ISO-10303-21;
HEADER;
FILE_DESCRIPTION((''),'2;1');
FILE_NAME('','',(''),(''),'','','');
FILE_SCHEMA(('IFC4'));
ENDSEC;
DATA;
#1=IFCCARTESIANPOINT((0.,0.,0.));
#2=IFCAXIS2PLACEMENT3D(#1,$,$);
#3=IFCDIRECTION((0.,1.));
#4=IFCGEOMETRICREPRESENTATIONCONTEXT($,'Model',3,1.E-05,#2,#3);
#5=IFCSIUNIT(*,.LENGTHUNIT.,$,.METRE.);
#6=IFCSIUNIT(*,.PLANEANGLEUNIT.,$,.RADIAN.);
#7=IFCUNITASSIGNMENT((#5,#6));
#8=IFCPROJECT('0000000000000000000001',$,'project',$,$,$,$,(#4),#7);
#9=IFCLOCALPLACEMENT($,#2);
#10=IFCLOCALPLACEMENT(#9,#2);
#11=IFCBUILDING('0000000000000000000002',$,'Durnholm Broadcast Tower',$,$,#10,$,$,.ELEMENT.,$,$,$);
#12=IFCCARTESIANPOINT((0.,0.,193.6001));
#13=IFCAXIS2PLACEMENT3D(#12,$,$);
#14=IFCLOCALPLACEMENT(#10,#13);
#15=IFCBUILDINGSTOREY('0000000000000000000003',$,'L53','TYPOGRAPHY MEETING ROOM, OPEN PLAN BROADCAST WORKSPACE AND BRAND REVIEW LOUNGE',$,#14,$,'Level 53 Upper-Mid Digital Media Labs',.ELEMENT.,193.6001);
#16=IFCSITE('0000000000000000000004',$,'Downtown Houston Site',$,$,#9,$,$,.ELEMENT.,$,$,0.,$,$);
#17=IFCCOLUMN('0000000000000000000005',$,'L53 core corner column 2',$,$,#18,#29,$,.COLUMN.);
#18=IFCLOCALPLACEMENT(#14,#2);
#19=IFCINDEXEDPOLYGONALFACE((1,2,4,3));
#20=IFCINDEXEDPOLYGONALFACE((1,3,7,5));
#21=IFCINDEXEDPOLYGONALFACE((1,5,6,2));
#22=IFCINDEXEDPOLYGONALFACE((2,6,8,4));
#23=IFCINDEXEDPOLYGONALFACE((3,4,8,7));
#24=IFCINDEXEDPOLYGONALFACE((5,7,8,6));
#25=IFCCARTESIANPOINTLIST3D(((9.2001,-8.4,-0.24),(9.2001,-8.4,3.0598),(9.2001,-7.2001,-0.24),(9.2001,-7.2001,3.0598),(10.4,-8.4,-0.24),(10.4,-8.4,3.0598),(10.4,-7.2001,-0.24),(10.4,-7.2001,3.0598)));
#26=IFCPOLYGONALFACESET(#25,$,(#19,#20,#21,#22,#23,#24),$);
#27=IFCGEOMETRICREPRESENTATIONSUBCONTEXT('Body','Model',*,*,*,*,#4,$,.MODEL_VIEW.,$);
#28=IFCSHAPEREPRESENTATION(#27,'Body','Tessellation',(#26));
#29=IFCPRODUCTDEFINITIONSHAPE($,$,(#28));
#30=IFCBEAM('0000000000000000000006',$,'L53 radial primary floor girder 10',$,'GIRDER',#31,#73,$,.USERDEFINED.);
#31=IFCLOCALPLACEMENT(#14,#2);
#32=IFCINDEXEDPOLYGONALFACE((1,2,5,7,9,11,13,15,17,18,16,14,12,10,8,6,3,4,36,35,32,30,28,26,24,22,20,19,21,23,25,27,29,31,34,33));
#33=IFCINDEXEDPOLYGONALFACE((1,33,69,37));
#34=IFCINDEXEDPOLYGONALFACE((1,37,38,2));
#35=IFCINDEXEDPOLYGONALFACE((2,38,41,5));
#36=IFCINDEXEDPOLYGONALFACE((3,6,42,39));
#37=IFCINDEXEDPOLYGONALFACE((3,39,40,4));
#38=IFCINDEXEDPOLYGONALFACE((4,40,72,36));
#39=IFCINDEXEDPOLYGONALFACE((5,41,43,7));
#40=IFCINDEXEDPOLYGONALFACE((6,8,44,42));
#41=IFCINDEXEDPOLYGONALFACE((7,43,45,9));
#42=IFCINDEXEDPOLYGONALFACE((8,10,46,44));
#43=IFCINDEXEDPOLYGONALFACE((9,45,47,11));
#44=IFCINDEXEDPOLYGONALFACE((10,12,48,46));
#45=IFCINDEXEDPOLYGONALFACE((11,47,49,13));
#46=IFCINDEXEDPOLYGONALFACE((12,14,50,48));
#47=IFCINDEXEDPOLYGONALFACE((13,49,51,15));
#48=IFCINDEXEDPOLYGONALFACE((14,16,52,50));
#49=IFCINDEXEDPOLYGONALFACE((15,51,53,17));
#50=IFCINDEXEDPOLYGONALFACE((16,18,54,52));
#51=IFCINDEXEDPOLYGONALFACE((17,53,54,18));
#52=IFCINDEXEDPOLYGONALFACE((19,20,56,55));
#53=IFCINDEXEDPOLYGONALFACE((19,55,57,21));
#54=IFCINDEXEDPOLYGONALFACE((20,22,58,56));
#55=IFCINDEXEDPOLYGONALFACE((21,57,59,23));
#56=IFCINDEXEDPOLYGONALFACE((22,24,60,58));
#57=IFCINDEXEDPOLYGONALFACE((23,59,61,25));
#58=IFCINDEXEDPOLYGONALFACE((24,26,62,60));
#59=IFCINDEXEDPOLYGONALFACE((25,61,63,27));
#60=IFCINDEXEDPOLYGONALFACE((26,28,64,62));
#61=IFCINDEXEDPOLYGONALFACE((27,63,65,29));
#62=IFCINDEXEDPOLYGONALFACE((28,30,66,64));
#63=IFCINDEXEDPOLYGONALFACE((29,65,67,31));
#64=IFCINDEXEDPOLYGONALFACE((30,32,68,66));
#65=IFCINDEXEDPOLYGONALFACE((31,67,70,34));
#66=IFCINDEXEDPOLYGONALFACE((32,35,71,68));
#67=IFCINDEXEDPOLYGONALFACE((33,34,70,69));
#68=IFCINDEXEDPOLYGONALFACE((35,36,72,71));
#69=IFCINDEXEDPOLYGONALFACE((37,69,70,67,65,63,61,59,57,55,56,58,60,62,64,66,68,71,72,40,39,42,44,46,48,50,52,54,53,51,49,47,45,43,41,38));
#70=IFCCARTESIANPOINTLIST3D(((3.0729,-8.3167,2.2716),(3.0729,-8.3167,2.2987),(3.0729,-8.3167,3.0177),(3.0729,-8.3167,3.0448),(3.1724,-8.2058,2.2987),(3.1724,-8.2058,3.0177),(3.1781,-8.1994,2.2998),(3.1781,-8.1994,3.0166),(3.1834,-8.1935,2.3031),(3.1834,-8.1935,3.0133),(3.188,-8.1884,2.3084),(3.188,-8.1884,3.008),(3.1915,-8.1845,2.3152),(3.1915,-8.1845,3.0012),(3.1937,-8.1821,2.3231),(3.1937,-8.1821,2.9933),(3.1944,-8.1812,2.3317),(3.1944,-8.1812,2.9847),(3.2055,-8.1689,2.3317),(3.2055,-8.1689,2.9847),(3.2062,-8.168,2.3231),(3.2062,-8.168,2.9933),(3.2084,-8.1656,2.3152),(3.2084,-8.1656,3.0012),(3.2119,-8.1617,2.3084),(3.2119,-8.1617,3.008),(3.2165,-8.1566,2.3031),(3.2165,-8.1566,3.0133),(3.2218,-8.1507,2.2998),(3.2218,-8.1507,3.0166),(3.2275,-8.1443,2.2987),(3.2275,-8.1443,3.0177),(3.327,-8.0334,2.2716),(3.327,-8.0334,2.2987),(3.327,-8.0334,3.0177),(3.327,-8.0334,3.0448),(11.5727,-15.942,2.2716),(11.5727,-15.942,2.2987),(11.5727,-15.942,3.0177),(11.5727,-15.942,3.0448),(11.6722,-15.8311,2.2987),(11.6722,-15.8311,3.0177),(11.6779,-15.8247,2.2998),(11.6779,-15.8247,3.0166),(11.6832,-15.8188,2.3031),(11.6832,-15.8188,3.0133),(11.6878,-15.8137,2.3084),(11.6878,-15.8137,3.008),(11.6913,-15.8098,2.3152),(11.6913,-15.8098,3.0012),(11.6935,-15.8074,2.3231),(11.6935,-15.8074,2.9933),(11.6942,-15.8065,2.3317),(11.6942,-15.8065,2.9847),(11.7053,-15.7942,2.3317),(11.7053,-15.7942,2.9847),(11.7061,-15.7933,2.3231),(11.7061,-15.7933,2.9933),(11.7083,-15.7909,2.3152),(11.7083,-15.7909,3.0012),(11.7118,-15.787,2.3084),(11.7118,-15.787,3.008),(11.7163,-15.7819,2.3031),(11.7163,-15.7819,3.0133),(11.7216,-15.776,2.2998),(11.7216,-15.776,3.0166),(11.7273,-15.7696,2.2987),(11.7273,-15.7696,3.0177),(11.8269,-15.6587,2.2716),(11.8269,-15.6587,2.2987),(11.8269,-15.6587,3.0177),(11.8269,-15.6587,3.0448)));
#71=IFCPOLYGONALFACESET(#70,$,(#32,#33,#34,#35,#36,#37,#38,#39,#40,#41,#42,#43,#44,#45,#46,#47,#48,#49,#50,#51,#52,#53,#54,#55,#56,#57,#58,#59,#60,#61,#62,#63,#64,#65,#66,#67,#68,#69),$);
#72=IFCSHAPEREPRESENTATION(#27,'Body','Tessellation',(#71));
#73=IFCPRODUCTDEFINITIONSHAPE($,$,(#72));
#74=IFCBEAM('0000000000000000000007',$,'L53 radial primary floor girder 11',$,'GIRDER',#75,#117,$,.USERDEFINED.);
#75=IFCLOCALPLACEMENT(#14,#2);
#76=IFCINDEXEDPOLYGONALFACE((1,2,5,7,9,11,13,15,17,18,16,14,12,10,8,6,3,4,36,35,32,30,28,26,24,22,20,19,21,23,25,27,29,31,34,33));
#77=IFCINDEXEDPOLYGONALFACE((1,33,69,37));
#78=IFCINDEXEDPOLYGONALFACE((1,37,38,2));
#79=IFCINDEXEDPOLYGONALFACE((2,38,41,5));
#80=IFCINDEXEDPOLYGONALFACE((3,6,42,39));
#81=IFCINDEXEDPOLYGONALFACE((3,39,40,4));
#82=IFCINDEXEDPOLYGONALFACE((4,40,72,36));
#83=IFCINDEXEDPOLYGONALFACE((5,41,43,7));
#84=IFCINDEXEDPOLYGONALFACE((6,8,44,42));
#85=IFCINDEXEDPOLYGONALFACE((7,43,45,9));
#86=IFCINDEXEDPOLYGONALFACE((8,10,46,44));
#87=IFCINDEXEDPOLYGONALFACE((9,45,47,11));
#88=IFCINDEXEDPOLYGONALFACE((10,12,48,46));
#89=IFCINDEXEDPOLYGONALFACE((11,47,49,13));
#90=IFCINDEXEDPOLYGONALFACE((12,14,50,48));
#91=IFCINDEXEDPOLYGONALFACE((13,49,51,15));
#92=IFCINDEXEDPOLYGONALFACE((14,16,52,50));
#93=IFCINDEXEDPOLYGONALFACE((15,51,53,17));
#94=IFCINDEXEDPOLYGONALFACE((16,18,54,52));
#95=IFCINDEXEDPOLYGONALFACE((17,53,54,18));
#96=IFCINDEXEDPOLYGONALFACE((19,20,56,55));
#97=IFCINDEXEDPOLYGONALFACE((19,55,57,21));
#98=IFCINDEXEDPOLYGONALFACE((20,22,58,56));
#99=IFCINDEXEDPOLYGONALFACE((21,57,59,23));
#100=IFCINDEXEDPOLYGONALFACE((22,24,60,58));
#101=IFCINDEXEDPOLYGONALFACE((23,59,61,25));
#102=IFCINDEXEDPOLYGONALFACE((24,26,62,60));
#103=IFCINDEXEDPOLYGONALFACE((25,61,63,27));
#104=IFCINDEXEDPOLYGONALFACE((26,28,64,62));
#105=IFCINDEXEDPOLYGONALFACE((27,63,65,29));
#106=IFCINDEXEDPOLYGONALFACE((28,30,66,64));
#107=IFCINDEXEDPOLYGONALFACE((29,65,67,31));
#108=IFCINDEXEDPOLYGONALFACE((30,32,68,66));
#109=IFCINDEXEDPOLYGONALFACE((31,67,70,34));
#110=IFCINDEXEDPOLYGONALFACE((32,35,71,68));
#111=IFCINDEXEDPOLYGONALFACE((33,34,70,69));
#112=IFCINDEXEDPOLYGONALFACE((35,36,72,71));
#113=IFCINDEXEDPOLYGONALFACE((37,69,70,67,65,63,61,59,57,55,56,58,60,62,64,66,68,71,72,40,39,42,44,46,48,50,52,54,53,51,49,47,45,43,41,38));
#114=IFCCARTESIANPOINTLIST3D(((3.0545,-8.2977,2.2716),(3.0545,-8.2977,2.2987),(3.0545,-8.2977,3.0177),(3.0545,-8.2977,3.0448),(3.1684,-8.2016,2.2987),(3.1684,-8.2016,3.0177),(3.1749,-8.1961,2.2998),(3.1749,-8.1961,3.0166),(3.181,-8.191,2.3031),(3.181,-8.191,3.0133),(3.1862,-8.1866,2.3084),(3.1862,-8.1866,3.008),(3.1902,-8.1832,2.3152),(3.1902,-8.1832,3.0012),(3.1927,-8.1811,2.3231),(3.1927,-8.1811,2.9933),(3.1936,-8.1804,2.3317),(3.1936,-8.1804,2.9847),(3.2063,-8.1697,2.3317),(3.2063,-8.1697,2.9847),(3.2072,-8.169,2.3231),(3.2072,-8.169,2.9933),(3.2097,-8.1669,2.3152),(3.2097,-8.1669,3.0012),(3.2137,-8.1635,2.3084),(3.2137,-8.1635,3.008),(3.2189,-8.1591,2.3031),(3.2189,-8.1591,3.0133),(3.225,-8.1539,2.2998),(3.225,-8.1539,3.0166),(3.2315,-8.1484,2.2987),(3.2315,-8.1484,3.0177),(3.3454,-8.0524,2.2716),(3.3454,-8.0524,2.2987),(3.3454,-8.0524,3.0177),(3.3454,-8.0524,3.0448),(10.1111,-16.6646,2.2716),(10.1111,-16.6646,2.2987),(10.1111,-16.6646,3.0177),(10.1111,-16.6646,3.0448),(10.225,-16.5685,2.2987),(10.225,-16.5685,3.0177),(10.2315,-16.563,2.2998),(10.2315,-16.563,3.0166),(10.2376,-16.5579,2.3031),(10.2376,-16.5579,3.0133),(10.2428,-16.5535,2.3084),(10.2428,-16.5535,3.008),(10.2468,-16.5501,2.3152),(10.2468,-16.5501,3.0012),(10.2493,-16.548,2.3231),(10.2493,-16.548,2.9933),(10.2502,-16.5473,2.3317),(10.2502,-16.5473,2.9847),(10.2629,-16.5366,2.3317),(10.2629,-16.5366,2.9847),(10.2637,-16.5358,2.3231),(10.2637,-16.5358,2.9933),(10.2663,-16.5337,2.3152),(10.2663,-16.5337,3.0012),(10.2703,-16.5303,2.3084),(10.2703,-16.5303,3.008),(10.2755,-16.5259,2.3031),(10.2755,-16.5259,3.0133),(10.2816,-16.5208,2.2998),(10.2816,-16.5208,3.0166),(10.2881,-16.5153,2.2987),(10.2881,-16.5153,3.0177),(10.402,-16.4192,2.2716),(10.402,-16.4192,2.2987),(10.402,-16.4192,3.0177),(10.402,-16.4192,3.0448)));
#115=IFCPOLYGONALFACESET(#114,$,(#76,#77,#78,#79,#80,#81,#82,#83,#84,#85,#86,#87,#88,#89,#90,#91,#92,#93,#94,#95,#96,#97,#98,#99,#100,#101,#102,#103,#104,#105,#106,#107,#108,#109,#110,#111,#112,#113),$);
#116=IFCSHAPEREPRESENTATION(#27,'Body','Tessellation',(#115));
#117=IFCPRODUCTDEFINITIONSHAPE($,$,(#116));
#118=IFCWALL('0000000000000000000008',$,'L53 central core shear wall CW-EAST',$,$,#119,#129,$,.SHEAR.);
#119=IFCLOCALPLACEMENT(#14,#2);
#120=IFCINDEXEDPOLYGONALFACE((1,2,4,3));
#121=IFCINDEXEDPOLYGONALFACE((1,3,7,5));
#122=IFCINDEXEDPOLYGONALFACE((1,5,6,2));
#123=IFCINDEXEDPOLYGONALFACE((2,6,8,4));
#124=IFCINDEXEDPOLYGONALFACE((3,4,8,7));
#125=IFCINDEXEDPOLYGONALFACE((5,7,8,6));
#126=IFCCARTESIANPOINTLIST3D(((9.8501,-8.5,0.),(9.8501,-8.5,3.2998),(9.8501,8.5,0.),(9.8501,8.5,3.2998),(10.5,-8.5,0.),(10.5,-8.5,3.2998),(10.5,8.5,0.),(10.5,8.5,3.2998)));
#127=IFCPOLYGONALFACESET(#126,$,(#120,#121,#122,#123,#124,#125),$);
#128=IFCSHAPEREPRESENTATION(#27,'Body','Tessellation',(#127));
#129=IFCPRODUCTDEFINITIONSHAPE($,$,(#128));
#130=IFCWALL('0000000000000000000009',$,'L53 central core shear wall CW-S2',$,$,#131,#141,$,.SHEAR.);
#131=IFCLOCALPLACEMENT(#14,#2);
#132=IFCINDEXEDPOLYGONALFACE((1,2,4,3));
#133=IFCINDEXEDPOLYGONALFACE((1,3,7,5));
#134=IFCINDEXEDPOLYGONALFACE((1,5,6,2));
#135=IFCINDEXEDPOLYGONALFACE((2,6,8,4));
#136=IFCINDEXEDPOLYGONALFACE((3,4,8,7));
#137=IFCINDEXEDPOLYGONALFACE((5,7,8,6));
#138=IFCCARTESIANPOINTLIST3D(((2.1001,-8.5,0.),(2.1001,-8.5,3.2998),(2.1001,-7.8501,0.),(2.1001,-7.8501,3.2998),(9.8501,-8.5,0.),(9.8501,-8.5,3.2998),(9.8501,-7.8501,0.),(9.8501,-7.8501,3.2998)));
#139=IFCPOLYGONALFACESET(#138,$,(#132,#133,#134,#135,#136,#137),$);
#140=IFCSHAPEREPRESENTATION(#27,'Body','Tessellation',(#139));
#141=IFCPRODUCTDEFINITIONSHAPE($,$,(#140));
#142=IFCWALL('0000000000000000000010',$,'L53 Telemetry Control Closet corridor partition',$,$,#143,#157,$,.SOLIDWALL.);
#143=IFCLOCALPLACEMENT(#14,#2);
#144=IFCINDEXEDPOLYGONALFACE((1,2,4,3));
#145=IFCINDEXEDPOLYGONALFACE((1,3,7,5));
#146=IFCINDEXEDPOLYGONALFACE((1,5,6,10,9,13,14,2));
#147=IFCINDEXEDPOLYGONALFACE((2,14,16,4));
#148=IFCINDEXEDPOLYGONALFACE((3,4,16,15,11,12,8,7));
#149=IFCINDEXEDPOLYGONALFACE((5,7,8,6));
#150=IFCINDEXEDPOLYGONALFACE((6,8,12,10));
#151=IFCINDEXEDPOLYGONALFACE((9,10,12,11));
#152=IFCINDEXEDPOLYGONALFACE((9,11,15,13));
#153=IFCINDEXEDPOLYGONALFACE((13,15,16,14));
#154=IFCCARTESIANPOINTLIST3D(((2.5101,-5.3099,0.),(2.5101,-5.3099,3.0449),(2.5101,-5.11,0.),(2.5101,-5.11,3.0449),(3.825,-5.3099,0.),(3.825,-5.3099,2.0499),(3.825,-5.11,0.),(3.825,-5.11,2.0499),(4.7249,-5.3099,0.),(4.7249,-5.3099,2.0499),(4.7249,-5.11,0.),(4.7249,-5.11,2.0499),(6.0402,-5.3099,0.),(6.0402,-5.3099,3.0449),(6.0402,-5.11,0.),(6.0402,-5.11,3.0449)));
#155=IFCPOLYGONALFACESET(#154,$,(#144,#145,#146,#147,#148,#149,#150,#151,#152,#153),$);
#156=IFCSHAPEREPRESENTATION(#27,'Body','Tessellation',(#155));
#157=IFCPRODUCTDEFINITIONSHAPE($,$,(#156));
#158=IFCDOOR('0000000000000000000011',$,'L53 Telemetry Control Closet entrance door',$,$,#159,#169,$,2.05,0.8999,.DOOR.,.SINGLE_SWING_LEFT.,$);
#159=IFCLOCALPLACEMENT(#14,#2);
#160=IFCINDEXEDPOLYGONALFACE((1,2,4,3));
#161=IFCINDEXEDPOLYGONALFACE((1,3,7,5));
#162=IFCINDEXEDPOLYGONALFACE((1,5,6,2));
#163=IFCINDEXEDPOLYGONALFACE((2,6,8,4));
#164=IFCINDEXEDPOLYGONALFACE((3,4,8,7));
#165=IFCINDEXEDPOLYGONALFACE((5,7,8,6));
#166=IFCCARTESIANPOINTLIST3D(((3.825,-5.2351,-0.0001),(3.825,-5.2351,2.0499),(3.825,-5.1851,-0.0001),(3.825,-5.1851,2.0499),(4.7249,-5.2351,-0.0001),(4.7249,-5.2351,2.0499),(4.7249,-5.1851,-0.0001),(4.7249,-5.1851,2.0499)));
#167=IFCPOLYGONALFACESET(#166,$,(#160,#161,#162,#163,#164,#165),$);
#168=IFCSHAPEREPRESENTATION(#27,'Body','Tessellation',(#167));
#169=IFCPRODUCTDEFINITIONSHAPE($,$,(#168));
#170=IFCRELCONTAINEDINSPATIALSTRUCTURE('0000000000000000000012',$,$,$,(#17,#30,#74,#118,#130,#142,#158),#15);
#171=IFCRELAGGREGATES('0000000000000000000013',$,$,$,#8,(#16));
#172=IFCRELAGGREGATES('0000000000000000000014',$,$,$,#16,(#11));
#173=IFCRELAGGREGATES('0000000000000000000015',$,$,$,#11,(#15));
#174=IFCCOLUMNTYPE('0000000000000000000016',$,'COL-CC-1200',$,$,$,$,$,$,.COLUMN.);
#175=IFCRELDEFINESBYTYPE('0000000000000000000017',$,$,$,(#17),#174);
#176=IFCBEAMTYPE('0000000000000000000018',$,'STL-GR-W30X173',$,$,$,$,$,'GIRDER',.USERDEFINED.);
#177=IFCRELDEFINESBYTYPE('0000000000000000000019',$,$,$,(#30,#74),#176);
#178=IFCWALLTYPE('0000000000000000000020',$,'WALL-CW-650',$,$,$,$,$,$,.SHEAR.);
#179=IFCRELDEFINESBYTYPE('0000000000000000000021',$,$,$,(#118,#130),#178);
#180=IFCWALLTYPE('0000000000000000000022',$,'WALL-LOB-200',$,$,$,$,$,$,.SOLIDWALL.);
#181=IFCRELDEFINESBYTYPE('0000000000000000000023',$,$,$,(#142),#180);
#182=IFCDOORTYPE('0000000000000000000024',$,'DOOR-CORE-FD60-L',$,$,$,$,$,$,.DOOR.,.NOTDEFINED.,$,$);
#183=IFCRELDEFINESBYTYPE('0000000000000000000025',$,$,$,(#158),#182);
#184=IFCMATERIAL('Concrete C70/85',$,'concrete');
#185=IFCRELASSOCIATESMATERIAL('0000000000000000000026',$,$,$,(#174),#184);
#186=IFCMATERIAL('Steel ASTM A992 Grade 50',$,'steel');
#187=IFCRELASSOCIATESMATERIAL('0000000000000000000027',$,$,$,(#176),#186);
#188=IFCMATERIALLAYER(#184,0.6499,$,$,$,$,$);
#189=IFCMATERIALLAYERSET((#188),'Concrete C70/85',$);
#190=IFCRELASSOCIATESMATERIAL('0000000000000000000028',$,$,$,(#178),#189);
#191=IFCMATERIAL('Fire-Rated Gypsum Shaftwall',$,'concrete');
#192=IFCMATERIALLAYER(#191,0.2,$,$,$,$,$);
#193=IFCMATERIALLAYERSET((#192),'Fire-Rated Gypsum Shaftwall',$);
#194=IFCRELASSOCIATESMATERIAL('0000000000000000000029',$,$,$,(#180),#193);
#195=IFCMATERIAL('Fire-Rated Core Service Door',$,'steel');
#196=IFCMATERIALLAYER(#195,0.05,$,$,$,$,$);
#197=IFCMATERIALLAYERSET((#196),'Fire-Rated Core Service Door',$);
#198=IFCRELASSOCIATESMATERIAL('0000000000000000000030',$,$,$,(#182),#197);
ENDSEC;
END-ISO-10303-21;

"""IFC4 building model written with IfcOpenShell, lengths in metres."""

from ifc_helpers import new_model, si_unit, direction, frame, frame_2d, origin, origin_2d, place, context, subcontext, project, spatial, rectangle, i_section, extrude, source, transform, mapped, material, layer, layer_set, material_profile, profile_set, type_object, type_shapes, element, fill, save


model = new_model("IFC4")

# Units and contexts
model_context = context("Model", 3, precision=1e-05, world=origin(), true_north=direction((0.0, 1.0)))
body_context = subcontext(model_context, "Body", "Model", "MODEL_VIEW")
ifc_project = project(units=[si_unit("LENGTHUNIT", "METRE"), si_unit("PLANEANGLEUNIT", "RADIAN")], contexts=[model_context])

# Site, building, storey
site_placement = place(None, origin())
site = spatial("IfcSite", under=ifc_project, at=site_placement, Name="Downtown Houston Site", CompositionType="ELEMENT", RefElevation=0.0)
building_placement = place(site_placement, origin())
building = spatial("IfcBuilding", under=site, at=building_placement, Name="Durnholm Broadcast Tower", CompositionType="ELEMENT")
storey_placement = place(building_placement, frame((0.0, 0.0, 193.6001)))
storey = spatial("IfcBuildingStorey", under=building, at=storey_placement, Name="L53", Description="TYPOGRAPHY MEETING ROOM, OPEN PLAN BROADCAST WORKSPACE AND BRAND REVIEW LOUNGE", LongName="Level 53 Upper-Mid Digital Media Labs", CompositionType="ELEMENT", Elevation=193.6001)

# Column
ifc_material_1 = material(Name="Concrete C70/85", Category="concrete")
ifc_material_profile_1 = material_profile(ifc_material_1, rectangle(XDim=1.2, YDim=1.2, at=origin_2d()), Name="RC1200X1200")
ifc_profile_set_1 = profile_set([ifc_material_profile_1], Name="Concrete C70/85")
column_type = type_object("IfcColumnType", Name="COL-CC-1200", PredefinedType="COLUMN", material=ifc_profile_set_1)
shared_shape_1 = source(origin(), body_context, "Body", "SweptSolid", [
    extrude(rectangle(XDim=1.2, YDim=1.2, at=origin_2d()), origin(), (0.0, 0.0, 1.0), 3.2998),
])
type_shapes(column_type, [shared_shape_1])
column_placement = place(storey_placement, frame((9.8, -7.8, -0.24), z_axis=(0.0, 0.0, 1.0), x_axis=(1.0, 0.0, 0.0)))
element("IfcColumn", 1, at=column_placement, inside=storey, type_object=column_type, Name="L53 core corner column 2", PredefinedType="COLUMN", context=body_context, shape_type="MappedRepresentation", body=[
    mapped(shared_shape_1, transform((0.0, 0.0, 0.0), x_axis=(1.0, 0.0, 0.0), y_axis=(0.0, 1.0, 0.0), z_axis=(0.0, 0.0, 1.0), scale=1.0)),
])

# Beams
ifc_material_2 = material(Name="Steel ASTM A992 Grade 50", Category="steel")
ifc_material_profile_2 = material_profile(ifc_material_2, i_section(OverallWidth=0.3806, OverallDepth=0.7732, WebThickness=0.0166, FlangeThickness=0.0271, FilletRadius=0.033, at=origin_2d()), Name="W30X173")
ifc_profile_set_2 = profile_set([ifc_material_profile_2], Name="Steel ASTM A992 Grade 50")
beam_type = type_object("IfcBeamType", Name="STL-GR-W30X173", ElementType="GIRDER", PredefinedType="USERDEFINED", material=ifc_profile_set_2)
shared_shape_2 = source(origin(), body_context, "Body", "SweptSolid", [
    extrude(i_section(OverallWidth=0.3806, OverallDepth=0.7732, WebThickness=0.0166, FlangeThickness=0.0271, FilletRadius=0.033, at=origin_2d()), origin(), (0.0, 0.0, 1.0), 11.4189),
])
beam_1_placement = place(storey_placement, frame((3.2, -8.175, 2.6582), z_axis=(0.744362, -0.667777, 0.0), x_axis=(0.667777, 0.744362, 0.0)))
element("IfcBeam", 2, at=beam_1_placement, inside=storey, type_object=beam_type, Name="L53 radial primary floor girder 10", ObjectType="GIRDER", PredefinedType="USERDEFINED", context=body_context, shape_type="MappedRepresentation", body=[
    mapped(shared_shape_2, transform((0.0, 0.0, 0.0), x_axis=(1.0, 0.0, 0.0), y_axis=(0.0, 1.0, 0.0), z_axis=(0.0, 0.0, 1.0), scale=1.0)),
])
shared_shape_3 = source(origin(), body_context, "Body", "SweptSolid", [
    extrude(i_section(OverallWidth=0.3806, OverallDepth=0.7732, WebThickness=0.0166, FlangeThickness=0.0271, FilletRadius=0.033, at=origin_2d()), origin(), (0.0, 0.0, 1.0), 10.9453),
])
type_shapes(beam_type, [shared_shape_2, shared_shape_3])
beam_2_placement = place(storey_placement, frame((3.2, -8.175, 2.6582), z_axis=(0.644713, -0.764425, 0.0), x_axis=(0.764425, 0.644713, 0.0)))
element("IfcBeam", 3, at=beam_2_placement, inside=storey, type_object=beam_type, Name="L53 radial primary floor girder 11", ObjectType="GIRDER", PredefinedType="USERDEFINED", context=body_context, shape_type="MappedRepresentation", body=[
    mapped(shared_shape_3, transform((0.0, 0.0, 0.0), x_axis=(1.0, 0.0, 0.0), y_axis=(0.0, 1.0, 0.0), z_axis=(0.0, 0.0, 1.0), scale=1.0)),
])

# Walls
ifc_layer_1 = layer(ifc_material_1, 0.6499)
ifc_layer_set_1 = layer_set([ifc_layer_1], Name="Concrete C70/85")
wall_type_1 = type_object("IfcWallType", Name="WALL-CW-650", PredefinedType="SHEAR", material=ifc_layer_set_1)
wall_1_placement = place(storey_placement, frame((10.175, -8.5, 0.0), z_axis=(0.0, 0.0, 1.0), x_axis=(0.0, 1.0, 0.0)))
element("IfcWall", 4, at=wall_1_placement, inside=storey, type_object=wall_type_1, Name="L53 central core shear wall CW-EAST", PredefinedType="SHEAR", context=body_context, shape_type="SweptSolid", body=[
    extrude(rectangle(XDim=17.0, YDim=0.6499, at=frame_2d((8.5, 0.0))), origin(), (0.0, 0.0, 1.0), 3.2998),
])
wall_2_placement = place(storey_placement, frame((2.1001, -8.175, 0.0), z_axis=(0.0, 0.0, 1.0), x_axis=(1.0, 0.0, 0.0)))
element("IfcWall", 5, at=wall_2_placement, inside=storey, type_object=wall_type_1, Name="L53 central core shear wall CW-S2", PredefinedType="SHEAR", context=body_context, shape_type="SweptSolid", body=[
    extrude(rectangle(XDim=7.75, YDim=0.6499, at=frame_2d((3.875, 0.0))), origin(), (0.0, 0.0, 1.0), 3.2998),
])

# Wall, opening, door
ifc_material_3 = material(Name="Fire-Rated Gypsum Shaftwall", Category="concrete")
ifc_layer_2 = layer(ifc_material_3, 0.2)
ifc_layer_set_2 = layer_set([ifc_layer_2], Name="Fire-Rated Gypsum Shaftwall")
wall_type_2 = type_object("IfcWallType", Name="WALL-LOB-200", PredefinedType="SOLIDWALL", material=ifc_layer_set_2)
wall_3_placement = place(storey_placement, frame((2.51, -5.21, 0.0), z_axis=(0.0, 0.0, 1.0), x_axis=(1.0, 0.0, 0.0)))
wall_3 = element("IfcWall", 6, at=wall_3_placement, inside=storey, type_object=wall_type_2, Name="L53 Telemetry Control Closet corridor partition", PredefinedType="SOLIDWALL", context=body_context, shape_type="SweptSolid", body=[
    extrude(rectangle(XDim=3.53, YDim=0.2, at=frame_2d((1.7651, 0.0))), origin(), (0.0, 0.0, 1.0), 3.0449),
])
opening_1_placement = place(wall_3_placement, frame((1.3149, 0.0, 0.0)))
opening_1 = element("IfcOpeningElement", 7, at=opening_1_placement, cuts=wall_3, PredefinedType="OPENING", context=body_context, shape_type="SweptSolid", body=[
    extrude(rectangle(XDim=0.8999, YDim=2.05, at=frame_2d((0.45, 1.0249))), frame((0.0, 0.1099, 0.0), z_axis=(0.0, -1.0, 0.0), x_axis=(1.0, 0.0, 0.0)), (0.0, 0.0, 1.0), 0.22),
])
ifc_material_4 = material(Name="Fire-Rated Core Service Door", Category="steel")
ifc_layer_3 = layer(ifc_material_4, 0.05)
ifc_layer_set_3 = layer_set([ifc_layer_3], Name="Fire-Rated Core Service Door")
door_type_1 = type_object("IfcDoorType", Name="DOOR-CORE-FD60-L", OperationType="NOTDEFINED", PredefinedType="DOOR", material=ifc_layer_set_3)
shared_shape_4 = source(origin(), body_context, "Body", "SweptSolid", [
    extrude(rectangle(XDim=0.8999, YDim=2.05, at=frame_2d((0.45, 1.0249))), frame((0.0, 0.0249, 0.0), z_axis=(0.0, -1.0, 0.0), x_axis=(1.0, 0.0, 0.0)), (0.0, 0.0, 1.0), 0.05),
])
type_shapes(door_type_1, [shared_shape_4])
door_1_placement = place(opening_1_placement, origin())
door_1 = element("IfcDoor", 8, at=door_1_placement, inside=storey, type_object=door_type_1, Name="L53 Telemetry Control Closet entrance door", OperationType="SINGLE_SWING_LEFT", OverallHeight=2.05, OverallWidth=0.8999, PredefinedType="DOOR", context=body_context, shape_type="MappedRepresentation", body=[
    mapped(shared_shape_4, transform((0.0, 0.0, 0.0), x_axis=(1.0, 0.0, 0.0), y_axis=(0.0, 1.0, 0.0), z_axis=(0.0, 0.0, 1.0), scale=1.0)),
])
fill(opening_1, door_1)

save(model, "model.ifc")
